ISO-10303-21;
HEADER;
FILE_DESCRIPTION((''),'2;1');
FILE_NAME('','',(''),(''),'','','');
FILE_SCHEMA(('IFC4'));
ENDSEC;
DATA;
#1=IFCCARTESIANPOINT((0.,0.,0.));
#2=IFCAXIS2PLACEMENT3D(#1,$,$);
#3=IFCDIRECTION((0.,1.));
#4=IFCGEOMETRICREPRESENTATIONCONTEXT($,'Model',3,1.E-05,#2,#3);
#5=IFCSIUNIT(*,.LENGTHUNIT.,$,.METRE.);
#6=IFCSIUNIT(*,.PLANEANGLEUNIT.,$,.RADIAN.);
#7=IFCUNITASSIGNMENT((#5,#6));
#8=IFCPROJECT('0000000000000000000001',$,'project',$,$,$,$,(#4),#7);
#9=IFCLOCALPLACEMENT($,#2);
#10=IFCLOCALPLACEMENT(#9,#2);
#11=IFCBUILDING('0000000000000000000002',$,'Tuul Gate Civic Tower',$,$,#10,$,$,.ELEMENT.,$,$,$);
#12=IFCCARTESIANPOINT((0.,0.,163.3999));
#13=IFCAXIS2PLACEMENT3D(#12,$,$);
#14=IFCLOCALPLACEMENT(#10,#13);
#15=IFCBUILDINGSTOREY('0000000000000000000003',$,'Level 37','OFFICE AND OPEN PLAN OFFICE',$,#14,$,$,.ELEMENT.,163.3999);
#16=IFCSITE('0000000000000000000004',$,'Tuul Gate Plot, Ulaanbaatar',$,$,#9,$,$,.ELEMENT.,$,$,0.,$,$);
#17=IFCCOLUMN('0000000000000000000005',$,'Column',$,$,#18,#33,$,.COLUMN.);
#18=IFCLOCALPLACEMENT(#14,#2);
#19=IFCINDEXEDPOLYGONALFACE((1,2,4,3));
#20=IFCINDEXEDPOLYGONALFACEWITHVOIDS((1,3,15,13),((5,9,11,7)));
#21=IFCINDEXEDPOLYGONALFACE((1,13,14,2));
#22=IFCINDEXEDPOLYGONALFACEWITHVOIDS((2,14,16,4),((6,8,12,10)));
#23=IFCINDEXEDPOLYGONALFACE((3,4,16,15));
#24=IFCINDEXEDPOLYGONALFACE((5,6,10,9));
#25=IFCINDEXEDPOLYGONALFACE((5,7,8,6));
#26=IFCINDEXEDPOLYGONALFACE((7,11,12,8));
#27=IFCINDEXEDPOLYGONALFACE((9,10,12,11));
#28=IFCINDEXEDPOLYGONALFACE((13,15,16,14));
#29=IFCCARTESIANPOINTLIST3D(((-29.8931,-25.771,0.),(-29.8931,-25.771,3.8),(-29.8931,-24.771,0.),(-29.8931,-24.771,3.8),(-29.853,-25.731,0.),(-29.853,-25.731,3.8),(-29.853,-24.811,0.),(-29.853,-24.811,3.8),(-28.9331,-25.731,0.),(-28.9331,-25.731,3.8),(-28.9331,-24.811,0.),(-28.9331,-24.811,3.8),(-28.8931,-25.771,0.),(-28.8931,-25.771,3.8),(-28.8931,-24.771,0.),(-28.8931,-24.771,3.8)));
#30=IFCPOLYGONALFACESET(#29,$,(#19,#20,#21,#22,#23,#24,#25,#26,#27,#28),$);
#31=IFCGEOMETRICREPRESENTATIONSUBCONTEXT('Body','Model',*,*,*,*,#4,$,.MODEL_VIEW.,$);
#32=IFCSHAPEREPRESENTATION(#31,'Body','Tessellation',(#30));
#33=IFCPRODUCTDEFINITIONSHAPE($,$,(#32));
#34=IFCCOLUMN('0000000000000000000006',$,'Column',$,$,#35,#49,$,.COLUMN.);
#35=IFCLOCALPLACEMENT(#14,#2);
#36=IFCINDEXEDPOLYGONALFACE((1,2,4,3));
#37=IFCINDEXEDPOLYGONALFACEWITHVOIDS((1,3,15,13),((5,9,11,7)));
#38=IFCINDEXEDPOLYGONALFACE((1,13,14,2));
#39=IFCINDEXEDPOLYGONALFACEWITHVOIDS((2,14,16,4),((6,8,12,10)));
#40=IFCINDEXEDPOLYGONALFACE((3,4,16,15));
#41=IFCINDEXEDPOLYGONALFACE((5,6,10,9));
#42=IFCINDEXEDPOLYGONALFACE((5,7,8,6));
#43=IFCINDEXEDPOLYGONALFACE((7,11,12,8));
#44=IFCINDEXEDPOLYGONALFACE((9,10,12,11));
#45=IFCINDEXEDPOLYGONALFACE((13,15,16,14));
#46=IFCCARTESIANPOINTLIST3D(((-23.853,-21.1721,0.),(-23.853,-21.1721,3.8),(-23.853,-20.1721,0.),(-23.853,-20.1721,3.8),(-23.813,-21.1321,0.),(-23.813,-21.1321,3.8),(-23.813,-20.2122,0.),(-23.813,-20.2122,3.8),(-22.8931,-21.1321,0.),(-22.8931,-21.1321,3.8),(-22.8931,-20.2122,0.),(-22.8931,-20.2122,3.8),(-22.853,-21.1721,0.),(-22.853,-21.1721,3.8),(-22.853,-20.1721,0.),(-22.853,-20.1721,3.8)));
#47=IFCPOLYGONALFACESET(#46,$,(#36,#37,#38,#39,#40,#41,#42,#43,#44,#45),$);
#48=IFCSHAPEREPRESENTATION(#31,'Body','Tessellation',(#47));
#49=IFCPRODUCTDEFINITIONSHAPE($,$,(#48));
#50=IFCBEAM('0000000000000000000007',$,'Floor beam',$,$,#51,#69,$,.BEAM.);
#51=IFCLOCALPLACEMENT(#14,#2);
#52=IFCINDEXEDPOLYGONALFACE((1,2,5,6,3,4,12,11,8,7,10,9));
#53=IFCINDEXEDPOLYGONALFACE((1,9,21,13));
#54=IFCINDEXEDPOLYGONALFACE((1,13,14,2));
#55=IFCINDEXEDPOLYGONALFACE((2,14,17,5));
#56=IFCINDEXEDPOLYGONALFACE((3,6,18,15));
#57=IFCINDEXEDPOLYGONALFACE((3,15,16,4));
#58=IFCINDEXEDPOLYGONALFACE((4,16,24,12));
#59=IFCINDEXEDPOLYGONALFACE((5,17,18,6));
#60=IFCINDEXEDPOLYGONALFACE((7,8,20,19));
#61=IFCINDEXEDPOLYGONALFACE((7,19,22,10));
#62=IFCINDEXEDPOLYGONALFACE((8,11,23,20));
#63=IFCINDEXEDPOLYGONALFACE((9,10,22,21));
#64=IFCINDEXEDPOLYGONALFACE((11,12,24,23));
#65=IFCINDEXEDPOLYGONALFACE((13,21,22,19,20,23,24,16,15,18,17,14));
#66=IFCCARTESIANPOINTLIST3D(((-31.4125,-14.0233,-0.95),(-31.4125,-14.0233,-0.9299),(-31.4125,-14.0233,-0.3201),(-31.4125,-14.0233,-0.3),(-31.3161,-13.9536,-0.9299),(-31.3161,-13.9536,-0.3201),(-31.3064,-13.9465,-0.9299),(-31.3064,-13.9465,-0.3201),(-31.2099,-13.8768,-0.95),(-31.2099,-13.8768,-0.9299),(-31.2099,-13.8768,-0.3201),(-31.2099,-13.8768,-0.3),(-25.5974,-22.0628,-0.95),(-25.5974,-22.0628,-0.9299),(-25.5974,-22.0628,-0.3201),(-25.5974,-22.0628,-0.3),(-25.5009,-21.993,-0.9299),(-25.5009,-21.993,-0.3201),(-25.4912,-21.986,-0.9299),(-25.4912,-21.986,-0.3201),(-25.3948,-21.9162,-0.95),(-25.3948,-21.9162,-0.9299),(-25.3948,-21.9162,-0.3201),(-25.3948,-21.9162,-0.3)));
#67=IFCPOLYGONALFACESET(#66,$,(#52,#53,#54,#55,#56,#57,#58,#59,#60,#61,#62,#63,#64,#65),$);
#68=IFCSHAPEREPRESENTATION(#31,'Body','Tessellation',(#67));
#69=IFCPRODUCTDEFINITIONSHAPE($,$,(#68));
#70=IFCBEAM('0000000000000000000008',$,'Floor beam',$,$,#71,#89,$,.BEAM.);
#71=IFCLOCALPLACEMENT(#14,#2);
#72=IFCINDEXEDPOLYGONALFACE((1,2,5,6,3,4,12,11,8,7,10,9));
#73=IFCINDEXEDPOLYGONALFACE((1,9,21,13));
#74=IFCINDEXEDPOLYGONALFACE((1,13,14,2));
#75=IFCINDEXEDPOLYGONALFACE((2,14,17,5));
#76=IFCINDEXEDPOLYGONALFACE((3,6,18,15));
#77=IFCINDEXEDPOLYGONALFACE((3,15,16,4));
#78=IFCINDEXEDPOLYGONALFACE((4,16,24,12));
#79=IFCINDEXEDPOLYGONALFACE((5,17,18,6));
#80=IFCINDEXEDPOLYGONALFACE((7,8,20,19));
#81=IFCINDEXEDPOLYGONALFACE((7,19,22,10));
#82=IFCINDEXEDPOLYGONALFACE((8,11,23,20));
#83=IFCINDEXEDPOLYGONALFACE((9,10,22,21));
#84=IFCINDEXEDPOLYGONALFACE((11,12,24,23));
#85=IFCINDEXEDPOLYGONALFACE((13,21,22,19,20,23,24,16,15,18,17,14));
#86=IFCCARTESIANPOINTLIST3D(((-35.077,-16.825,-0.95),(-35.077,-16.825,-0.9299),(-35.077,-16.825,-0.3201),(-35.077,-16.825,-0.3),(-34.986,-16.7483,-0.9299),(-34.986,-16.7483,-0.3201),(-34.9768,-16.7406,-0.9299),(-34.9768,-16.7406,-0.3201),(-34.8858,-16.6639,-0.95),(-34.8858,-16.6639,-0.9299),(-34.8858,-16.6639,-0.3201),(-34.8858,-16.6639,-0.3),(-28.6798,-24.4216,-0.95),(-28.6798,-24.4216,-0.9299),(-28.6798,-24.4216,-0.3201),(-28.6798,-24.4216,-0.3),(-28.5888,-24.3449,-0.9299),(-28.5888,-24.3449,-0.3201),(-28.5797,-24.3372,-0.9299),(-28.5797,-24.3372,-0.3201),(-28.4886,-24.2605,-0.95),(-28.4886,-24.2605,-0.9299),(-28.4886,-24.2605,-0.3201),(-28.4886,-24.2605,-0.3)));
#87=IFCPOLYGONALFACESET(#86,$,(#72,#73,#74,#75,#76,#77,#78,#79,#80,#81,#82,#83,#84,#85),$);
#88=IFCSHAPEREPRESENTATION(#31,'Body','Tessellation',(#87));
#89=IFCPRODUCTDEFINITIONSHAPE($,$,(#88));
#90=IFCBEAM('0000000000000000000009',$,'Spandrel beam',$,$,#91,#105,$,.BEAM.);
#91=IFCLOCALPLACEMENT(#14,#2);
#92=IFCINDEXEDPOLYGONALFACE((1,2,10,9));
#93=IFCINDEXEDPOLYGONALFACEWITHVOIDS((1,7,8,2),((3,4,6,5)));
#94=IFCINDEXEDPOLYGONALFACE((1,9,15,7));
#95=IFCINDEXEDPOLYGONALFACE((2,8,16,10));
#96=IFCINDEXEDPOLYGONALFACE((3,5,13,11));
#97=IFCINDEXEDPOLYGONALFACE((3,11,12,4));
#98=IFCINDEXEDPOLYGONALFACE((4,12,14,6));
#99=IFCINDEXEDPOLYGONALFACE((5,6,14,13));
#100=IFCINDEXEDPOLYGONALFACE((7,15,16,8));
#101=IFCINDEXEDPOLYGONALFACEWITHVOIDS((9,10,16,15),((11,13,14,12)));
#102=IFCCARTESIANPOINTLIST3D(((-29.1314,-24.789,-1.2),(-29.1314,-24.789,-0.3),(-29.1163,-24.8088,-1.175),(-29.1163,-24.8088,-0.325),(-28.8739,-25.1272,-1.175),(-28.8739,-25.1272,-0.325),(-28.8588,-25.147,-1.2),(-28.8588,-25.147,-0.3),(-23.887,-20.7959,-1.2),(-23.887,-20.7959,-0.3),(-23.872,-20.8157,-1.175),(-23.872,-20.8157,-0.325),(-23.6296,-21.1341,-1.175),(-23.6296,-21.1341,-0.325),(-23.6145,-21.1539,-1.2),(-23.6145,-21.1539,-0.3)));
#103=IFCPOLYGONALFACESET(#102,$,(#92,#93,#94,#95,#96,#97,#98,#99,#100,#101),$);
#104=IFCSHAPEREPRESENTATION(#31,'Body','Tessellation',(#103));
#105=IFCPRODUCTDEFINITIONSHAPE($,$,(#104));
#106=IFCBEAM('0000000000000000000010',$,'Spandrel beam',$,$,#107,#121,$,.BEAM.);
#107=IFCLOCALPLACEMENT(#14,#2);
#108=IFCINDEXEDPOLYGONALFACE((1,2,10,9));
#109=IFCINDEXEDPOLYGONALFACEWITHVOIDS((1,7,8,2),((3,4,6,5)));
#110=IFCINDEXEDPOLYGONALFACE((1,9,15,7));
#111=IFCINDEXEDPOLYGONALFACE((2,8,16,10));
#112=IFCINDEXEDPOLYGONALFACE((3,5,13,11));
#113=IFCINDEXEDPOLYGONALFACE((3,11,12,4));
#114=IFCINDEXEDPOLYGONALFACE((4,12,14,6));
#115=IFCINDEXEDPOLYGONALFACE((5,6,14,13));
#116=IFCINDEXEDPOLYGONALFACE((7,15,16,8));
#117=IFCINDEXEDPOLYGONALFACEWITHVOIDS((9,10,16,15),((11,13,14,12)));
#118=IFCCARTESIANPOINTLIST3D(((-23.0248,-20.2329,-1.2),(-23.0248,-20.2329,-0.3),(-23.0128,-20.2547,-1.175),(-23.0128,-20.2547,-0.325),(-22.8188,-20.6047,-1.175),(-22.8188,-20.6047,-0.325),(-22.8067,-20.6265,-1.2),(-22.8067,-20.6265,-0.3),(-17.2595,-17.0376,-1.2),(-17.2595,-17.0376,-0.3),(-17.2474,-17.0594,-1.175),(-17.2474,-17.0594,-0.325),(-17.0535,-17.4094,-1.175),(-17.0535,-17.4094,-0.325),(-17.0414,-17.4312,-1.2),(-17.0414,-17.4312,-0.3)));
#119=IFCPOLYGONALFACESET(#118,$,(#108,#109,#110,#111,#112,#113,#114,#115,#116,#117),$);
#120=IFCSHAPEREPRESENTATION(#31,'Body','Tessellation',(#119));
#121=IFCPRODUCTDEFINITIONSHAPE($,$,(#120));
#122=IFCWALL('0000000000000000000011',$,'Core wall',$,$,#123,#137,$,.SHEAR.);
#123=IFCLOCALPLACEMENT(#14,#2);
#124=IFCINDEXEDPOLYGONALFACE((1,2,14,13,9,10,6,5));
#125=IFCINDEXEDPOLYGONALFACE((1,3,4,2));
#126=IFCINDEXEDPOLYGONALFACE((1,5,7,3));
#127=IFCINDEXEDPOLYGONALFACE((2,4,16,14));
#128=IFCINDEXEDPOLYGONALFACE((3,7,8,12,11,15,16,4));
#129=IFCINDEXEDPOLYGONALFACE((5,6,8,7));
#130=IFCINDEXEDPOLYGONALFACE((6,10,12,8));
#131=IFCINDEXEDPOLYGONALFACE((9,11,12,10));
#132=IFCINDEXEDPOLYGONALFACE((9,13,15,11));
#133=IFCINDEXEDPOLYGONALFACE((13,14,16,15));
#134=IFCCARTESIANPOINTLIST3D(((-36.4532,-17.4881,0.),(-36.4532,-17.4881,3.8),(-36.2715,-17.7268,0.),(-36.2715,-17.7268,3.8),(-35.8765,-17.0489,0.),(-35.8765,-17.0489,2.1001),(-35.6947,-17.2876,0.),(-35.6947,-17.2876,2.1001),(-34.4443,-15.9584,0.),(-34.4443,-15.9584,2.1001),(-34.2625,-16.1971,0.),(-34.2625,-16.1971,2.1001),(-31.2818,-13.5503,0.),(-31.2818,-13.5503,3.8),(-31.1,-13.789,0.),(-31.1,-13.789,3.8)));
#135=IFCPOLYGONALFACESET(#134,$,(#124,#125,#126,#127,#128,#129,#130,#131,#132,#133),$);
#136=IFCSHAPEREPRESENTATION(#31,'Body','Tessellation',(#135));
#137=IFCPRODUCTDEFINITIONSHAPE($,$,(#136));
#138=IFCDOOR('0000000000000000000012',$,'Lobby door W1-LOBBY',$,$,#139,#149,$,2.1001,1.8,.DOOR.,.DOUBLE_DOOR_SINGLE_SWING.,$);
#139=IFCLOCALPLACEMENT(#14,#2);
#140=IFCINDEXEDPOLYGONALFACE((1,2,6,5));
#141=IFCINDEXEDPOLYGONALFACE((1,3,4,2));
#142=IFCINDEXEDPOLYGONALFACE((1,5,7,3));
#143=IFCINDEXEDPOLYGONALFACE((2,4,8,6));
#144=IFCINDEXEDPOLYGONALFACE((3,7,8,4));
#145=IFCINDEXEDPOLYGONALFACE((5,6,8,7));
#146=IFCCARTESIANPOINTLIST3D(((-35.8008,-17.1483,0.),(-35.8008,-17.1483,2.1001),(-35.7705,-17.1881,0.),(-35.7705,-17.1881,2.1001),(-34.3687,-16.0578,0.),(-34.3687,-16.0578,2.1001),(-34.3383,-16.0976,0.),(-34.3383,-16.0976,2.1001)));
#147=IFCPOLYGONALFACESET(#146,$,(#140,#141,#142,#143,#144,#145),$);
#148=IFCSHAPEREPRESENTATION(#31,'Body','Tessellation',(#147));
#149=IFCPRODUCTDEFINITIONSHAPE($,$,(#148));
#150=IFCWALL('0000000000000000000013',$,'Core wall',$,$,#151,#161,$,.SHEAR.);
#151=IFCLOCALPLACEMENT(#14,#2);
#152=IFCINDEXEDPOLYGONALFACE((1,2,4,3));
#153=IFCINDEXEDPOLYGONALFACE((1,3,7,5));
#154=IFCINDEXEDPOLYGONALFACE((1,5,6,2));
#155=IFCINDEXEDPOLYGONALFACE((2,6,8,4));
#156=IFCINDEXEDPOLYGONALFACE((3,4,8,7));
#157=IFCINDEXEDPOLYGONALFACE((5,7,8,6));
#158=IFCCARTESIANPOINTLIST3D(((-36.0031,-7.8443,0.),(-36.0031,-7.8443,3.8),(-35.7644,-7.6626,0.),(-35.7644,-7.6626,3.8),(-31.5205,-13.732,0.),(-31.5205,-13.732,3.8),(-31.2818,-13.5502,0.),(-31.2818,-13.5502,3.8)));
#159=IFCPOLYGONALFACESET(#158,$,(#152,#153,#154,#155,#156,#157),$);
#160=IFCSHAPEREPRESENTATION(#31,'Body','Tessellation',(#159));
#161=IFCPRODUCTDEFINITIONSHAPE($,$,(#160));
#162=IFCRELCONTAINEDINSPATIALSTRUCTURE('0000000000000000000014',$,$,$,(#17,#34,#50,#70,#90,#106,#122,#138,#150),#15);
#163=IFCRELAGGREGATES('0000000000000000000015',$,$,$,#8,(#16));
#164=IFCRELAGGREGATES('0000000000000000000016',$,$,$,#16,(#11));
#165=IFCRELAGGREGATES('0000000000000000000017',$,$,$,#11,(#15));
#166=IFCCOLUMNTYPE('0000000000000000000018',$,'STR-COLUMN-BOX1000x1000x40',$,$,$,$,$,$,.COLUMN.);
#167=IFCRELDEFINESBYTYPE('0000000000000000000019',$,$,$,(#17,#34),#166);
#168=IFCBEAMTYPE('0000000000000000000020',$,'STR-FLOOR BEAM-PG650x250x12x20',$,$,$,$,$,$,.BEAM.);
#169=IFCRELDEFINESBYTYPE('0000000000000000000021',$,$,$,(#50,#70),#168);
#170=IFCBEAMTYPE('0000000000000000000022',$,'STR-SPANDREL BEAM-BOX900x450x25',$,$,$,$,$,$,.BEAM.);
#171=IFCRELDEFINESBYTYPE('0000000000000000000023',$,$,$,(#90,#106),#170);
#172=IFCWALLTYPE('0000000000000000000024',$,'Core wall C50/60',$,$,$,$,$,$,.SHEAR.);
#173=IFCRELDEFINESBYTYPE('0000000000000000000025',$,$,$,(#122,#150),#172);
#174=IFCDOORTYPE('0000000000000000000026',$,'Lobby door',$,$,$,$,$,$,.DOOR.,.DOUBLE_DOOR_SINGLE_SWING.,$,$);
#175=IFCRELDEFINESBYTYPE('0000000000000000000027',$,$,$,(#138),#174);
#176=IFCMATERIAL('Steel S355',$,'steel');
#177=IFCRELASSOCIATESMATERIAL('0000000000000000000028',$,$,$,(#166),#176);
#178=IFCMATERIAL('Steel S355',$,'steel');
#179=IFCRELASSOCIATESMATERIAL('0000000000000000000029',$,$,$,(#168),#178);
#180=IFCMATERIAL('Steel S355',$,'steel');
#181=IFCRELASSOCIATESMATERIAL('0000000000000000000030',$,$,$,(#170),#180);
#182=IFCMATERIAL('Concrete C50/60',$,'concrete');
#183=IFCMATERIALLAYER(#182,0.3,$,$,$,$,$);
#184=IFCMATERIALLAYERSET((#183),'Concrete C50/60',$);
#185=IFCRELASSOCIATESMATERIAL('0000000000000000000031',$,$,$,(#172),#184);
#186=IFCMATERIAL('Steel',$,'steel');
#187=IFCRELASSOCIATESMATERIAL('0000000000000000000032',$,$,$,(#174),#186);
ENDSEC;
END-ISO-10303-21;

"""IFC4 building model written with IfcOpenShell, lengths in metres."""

from ifc_helpers import new_model, si_unit, direction, frame, frame_2d, origin, origin_2d, place, context, subcontext, project, spatial, rectangle, hollow_rectangle, i_section, extrude, material, layer, layer_set, material_profile, profile_set, type_object, element, fill, save


model = new_model("IFC4")

# Units and contexts
model_context = context("Model", 3, precision=1e-05, world=origin(), true_north=direction((0.0, 1.0)))
body_context = subcontext(model_context, "Body", "Model", "MODEL_VIEW")
ifc_project = project(units=[si_unit("LENGTHUNIT", "METRE"), si_unit("PLANEANGLEUNIT", "RADIAN")], contexts=[model_context])

# Site, building, storey
site_placement = place(None, origin())
site = spatial("IfcSite", under=ifc_project, at=site_placement, Name="Tuul Gate Plot, Ulaanbaatar", CompositionType="ELEMENT", RefElevation=0.0)
building_placement = place(site_placement, origin())
building = spatial("IfcBuilding", under=site, at=building_placement, Name="Tuul Gate Civic Tower", CompositionType="ELEMENT")
storey_placement = place(building_placement, frame((0.0, 0.0, 163.3999)))
storey = spatial("IfcBuildingStorey", under=building, at=storey_placement, Name="Level 37", Description="OFFICE AND OPEN PLAN OFFICE", CompositionType="ELEMENT", Elevation=163.3999)

# Columns
ifc_material_1 = material(Name="Steel S355", Category="steel")
ifc_material_profile_1 = material_profile(ifc_material_1, hollow_rectangle(XDim=1.0, YDim=1.0, WallThickness=0.04, at=origin_2d()), Name="BOX1000x1000x40")
ifc_profile_set_1 = profile_set([ifc_material_profile_1], Name="Steel S355")
column_type = type_object("IfcColumnType", Name="STR-COLUMN-BOX1000x1000x40", PredefinedType="COLUMN", material=ifc_profile_set_1)
for number, where, z_axis, x_axis, name in (
    (1, (-29.3931, -25.271, 0.0), (0.0, 0.0, 1.0), (1.0, 0.0, 0.0), "Column"),
    (2, (-23.353, -20.6721, 0.0), (0.0, 0.0, 1.0), (1.0, 0.0, 0.0), "Column"),
):
    element("IfcColumn", number, at=place(storey_placement, frame(where, z_axis=z_axis, x_axis=x_axis)), inside=storey, type_object=column_type, Name=name, PredefinedType="COLUMN", context=body_context, shape_type="SweptSolid", body=[
        extrude(hollow_rectangle(XDim=1.0, YDim=1.0, WallThickness=0.04, at=origin_2d()), origin(), (0.0, 0.0, 1.0), 3.8),
    ])

# Beams
ifc_material_2 = material(Name="Steel S355", Category="steel")
ifc_material_profile_2 = material_profile(ifc_material_2, i_section(OverallWidth=0.25, OverallDepth=0.6499, WebThickness=0.012, FlangeThickness=0.02, at=origin_2d()), Name="PG650x250x12x20")
ifc_profile_set_2 = profile_set([ifc_material_profile_2], Name="Steel S355")
beam_type_1 = type_object("IfcBeamType", Name="STR-FLOOR BEAM-PG650x250x12x20", PredefinedType="BEAM", material=ifc_profile_set_2)
beam_1_placement = place(storey_placement, frame((-25.4961, -21.9895, -0.625), z_axis=(-0.586076, 0.810256, 0.0), x_axis=(-0.810256, -0.586076, 0.0)))
element("IfcBeam", 3, at=beam_1_placement, inside=storey, type_object=beam_type_1, Name="Floor beam", PredefinedType="BEAM", context=body_context, shape_type="SweptSolid", body=[
    extrude(i_section(OverallWidth=0.25, OverallDepth=0.6499, WebThickness=0.012, FlangeThickness=0.02, at=origin_2d()), origin(), (0.0, 0.0, 1.0), 9.9221),
])
beam_2_placement = place(storey_placement, frame((-28.5842, -24.3411, -0.625), z_axis=(-0.644137, 0.764911, 0.0), x_axis=(-0.764911, -0.644137, 0.0)))
element("IfcBeam", 4, at=beam_2_placement, inside=storey, type_object=beam_type_1, Name="Floor beam", PredefinedType="BEAM", context=body_context, shape_type="SweptSolid", body=[
    extrude(i_section(OverallWidth=0.25, OverallDepth=0.6499, WebThickness=0.012, FlangeThickness=0.02, at=origin_2d()), origin(), (0.0, 0.0, 1.0), 9.9314),
])
ifc_material_3 = material(Name="Steel S355", Category="steel")
ifc_material_profile_3 = material_profile(ifc_material_3, hollow_rectangle(XDim=0.45, YDim=0.8999, WallThickness=0.0249, at=origin_2d()), Name="BOX900x450x25")
ifc_profile_set_3 = profile_set([ifc_material_profile_3], Name="Steel S355")
beam_type_2 = type_object("IfcBeamType", Name="STR-SPANDREL BEAM-BOX900x450x25", PredefinedType="BEAM", material=ifc_profile_set_3)
for number, where, z_axis, x_axis, name in (
    (5, (-28.9951, -24.968, -0.75), (0.795619, 0.605798, 0.0), (-0.605798, 0.795619, 0.0), "Spandrel beam"),
    (6, (-22.9158, -20.4297, -0.75), (0.874651, 0.484753, 0.0), (-0.484753, 0.874651, 0.0), "Spandrel beam"),
):
    element("IfcBeam", number, at=place(storey_placement, frame(where, z_axis=z_axis, x_axis=x_axis)), inside=storey, type_object=beam_type_2, Name=name, PredefinedType="BEAM", context=body_context, shape_type="SweptSolid", body=[
        extrude(hollow_rectangle(XDim=0.45, YDim=0.8999, WallThickness=0.0249, at=origin_2d()), origin(), (0.0, 0.0, 1.0), 6.5916),
    ])

# Wall, opening, door
ifc_material_4 = material(Name="Concrete C50/60", Category="concrete")
ifc_layer_1 = layer(ifc_material_4, 0.3)
ifc_layer_set_1 = layer_set([ifc_layer_1], Name="Concrete C50/60")
wall_type_1 = type_object("IfcWallType", Name="Core wall C50/60", PredefinedType="SHEAR", material=ifc_layer_set_1)
wall_1_placement = place(storey_placement, frame((-31.1909, -13.6697, 0.0), z_axis=(0.0, 0.0, 1.0), x_axis=(-0.795607, -0.605813, 0.0)))
wall_1 = element("IfcWall", 7, at=wall_1_placement, inside=storey, type_object=wall_type_1, Name="Core wall", PredefinedType="SHEAR", context=body_context, shape_type="SweptSolid", body=[
    extrude(rectangle(XDim=6.5, YDim=0.3, at=frame_2d((3.25, 0.0))), origin(), (0.0, 0.0, 1.0), 3.8),
])
opening_1_placement = place(wall_1_placement, frame((3.9751, 0.0, 0.0)))
opening_1 = element("IfcOpeningElement", 8, at=opening_1_placement, cuts=wall_1, PredefinedType="OPENING", context=body_context, shape_type="SweptSolid", body=[
    extrude(rectangle(XDim=1.8, YDim=2.1001, at=frame_2d((0.8999, 1.05))), frame((0.0, 0.1602, 0.0), z_axis=(0.0, -1.0, 0.0), x_axis=(1.0, 0.0, 0.0)), (0.0, 0.0, 1.0), 0.3201),
])
ifc_material_5 = material(Name="Steel", Category="steel")
door_type_1 = type_object("IfcDoorType", Name="Lobby door", OperationType="DOUBLE_DOOR_SINGLE_SWING", PredefinedType="DOOR", material=ifc_material_5)
door_1_placement = place(opening_1_placement, origin())
door_1 = element("IfcDoor", 9, at=door_1_placement, inside=storey, type_object=door_type_1, Name="Lobby door W1-LOBBY", OperationType="DOUBLE_DOOR_SINGLE_SWING", OverallHeight=2.1001, OverallWidth=1.8, PredefinedType="DOOR", context=body_context, shape_type="SweptSolid", body=[
    extrude(rectangle(XDim=1.8, YDim=2.1001, at=frame_2d((0.8999, 1.05))), frame((0.0, 0.0249, 0.0), z_axis=(0.0, -1.0, 0.0), x_axis=(1.0, 0.0, 0.0)), (0.0, 0.0, 1.0), 0.05),
])
fill(opening_1, door_1)

# Wall
wall_2_placement = place(storey_placement, frame((-31.4011, -13.6411, 0.0), z_axis=(0.0, 0.0, 1.0), x_axis=(-0.60577, 0.79564, 0.0)))
element("IfcWall", 10, at=wall_2_placement, inside=storey, type_object=wall_type_1, Name="Core wall", PredefinedType="SHEAR", context=body_context, shape_type="SweptSolid", body=[
    extrude(rectangle(XDim=7.3999, YDim=0.3, at=frame_2d((3.7, 0.0))), origin(), (0.0, 0.0, 1.0), 3.8),
])

save(model, "model.ifc")
